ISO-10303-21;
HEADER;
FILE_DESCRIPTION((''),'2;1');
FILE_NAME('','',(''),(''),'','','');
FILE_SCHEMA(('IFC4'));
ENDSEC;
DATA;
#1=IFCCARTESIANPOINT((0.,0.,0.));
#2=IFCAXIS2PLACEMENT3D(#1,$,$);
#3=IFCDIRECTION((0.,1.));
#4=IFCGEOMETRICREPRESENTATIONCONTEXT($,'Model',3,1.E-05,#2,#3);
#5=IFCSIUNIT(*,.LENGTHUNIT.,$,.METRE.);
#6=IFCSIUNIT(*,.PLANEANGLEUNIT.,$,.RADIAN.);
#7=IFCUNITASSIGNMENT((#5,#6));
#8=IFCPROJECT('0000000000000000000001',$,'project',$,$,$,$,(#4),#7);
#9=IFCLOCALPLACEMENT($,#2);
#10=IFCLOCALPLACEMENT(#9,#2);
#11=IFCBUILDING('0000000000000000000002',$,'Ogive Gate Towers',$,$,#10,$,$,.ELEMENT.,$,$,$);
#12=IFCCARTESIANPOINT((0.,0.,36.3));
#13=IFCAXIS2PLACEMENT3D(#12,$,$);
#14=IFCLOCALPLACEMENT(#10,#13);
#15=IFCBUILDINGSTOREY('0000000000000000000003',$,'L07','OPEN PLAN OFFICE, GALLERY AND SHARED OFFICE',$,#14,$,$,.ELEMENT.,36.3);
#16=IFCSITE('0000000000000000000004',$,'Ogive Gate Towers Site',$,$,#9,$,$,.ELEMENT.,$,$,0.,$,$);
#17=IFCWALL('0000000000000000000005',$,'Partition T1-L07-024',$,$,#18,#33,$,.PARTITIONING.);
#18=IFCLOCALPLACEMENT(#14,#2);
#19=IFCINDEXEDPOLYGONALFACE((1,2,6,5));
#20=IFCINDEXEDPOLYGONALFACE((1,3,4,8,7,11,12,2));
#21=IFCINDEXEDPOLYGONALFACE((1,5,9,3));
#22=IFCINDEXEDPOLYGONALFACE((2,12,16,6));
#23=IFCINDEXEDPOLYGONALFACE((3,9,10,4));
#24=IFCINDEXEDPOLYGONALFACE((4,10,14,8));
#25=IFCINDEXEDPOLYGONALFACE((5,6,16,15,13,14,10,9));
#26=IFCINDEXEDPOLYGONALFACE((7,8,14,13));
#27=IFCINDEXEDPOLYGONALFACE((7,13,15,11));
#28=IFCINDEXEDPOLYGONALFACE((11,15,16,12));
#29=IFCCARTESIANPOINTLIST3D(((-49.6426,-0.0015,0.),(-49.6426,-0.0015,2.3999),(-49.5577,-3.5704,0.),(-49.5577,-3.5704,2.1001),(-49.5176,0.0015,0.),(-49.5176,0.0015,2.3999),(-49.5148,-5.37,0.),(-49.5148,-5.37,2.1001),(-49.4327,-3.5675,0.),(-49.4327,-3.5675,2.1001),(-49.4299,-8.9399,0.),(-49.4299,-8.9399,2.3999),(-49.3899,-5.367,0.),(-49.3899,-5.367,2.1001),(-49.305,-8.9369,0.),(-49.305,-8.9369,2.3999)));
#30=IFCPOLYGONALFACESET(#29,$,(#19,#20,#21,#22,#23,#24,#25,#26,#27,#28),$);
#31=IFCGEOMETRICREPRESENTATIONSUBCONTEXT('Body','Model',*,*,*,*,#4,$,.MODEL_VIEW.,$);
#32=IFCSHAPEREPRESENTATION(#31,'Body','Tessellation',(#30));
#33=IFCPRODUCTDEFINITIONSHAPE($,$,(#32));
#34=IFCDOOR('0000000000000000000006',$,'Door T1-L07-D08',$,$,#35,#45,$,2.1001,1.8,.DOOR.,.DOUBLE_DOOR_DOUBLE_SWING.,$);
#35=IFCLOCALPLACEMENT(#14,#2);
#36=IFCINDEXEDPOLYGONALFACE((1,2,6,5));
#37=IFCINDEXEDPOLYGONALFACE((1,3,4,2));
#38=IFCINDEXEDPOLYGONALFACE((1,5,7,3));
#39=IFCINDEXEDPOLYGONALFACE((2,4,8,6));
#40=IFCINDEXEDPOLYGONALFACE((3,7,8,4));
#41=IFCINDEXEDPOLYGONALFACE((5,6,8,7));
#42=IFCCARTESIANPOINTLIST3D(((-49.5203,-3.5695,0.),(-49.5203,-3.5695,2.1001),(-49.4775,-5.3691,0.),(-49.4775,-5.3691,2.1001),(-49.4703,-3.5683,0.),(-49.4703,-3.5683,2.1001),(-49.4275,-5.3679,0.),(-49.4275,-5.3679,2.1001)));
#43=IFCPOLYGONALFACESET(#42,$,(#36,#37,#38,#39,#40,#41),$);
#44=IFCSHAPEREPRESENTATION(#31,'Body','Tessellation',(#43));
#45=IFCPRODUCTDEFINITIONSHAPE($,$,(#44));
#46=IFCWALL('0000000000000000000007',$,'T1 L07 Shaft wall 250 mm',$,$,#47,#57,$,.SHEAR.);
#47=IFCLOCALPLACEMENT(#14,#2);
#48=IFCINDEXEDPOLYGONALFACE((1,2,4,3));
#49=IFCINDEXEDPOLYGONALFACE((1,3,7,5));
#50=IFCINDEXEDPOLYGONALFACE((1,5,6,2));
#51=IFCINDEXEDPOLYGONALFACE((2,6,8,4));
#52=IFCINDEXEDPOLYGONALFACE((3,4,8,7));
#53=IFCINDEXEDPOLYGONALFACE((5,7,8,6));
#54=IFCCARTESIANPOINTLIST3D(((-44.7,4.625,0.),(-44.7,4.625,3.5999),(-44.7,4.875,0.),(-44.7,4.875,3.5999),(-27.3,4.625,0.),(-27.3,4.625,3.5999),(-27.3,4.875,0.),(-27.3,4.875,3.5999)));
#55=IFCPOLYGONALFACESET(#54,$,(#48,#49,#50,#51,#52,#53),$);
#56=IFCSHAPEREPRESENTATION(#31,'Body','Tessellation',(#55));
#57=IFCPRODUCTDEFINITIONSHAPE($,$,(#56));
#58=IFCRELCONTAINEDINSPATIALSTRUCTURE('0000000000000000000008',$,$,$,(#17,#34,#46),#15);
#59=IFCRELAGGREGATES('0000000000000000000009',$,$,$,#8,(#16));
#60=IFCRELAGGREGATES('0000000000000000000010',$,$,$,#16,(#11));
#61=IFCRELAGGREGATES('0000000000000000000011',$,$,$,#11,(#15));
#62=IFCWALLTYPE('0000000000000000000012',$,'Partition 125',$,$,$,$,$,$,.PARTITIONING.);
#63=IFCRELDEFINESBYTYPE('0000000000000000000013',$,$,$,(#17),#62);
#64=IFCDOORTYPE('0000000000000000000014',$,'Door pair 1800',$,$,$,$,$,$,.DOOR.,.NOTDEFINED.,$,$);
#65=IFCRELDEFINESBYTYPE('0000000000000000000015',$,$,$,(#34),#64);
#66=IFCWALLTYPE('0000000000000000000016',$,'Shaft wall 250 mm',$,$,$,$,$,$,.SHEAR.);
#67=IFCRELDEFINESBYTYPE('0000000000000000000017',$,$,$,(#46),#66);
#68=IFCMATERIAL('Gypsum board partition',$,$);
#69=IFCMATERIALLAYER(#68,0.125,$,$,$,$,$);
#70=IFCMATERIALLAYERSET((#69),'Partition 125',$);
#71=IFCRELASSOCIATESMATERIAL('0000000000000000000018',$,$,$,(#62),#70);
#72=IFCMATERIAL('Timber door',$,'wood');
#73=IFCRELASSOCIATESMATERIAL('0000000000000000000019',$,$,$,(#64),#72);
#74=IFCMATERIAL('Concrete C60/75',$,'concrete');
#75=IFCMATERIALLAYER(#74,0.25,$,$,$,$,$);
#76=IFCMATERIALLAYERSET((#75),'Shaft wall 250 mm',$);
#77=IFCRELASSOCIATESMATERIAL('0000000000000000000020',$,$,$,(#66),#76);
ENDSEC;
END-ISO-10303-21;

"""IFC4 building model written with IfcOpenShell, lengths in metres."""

from ifc_helpers import new_model, si_unit, direction, frame, frame_2d, origin, place, context, subcontext, project, spatial, rectangle, extrude, material, layer, layer_set, type_object, element, fill, save


model = new_model("IFC4")

# Units and contexts
model_context = context("Model", 3, precision=1e-05, world=origin(), true_north=direction((0.0, 1.0)))
body_context = subcontext(model_context, "Body", "Model", "MODEL_VIEW")
ifc_project = project(units=[si_unit("LENGTHUNIT", "METRE"), si_unit("PLANEANGLEUNIT", "RADIAN")], contexts=[model_context])

# Site, building, storey
site_placement = place(None, origin())
site = spatial("IfcSite", under=ifc_project, at=site_placement, Name="Ogive Gate Towers Site", CompositionType="ELEMENT", RefElevation=0.0)
building_placement = place(site_placement, origin())
building = spatial("IfcBuilding", under=site, at=building_placement, Name="Ogive Gate Towers", CompositionType="ELEMENT")
storey_placement = place(building_placement, frame((0.0, 0.0, 36.3)))
storey = spatial("IfcBuildingStorey", under=building, at=storey_placement, Name="L07", Description="OPEN PLAN OFFICE, GALLERY AND SHARED OFFICE", CompositionType="ELEMENT", Elevation=36.3)

# Wall, opening, door
ifc_material_1 = material(Name="Gypsum board partition")
ifc_layer_1 = layer(ifc_material_1, 0.125)
ifc_layer_set_1 = layer_set([ifc_layer_1], Name="Partition 125")
wall_type_1 = type_object("IfcWallType", Name="Partition 125", PredefinedType="PARTITIONING", material=ifc_layer_set_1)
ifc_material_2 = material(Name="Timber door", Category="wood")
door_type_1 = type_object("IfcDoorType", Name="Door pair 1800", OperationType="NOTDEFINED", PredefinedType="DOOR", material=ifc_material_2)
wall_1_placement = place(storey_placement, frame((-49.5801, 0.0, 0.0), z_axis=(0.0, 0.0, 1.0), x_axis=(0.023783, -0.999717, 0.0)))
wall_1 = element("IfcWall", 1, at=wall_1_placement, inside=storey, type_object=wall_type_1, Name="Partition T1-L07-024", PredefinedType="PARTITIONING", context=body_context, shape_type="SweptSolid", body=[
    extrude(rectangle(XDim=8.9409, YDim=0.125, at=frame_2d((4.4705, 0.0))), origin(), (0.0, 0.0, 1.0), 2.3999),
])
opening_1_placement = place(wall_1_placement, frame((3.5701, 0.0, 0.0)))
opening_1 = element("IfcOpeningElement", 2, at=opening_1_placement, cuts=wall_1, PredefinedType="OPENING", context=body_context, shape_type="SweptSolid", body=[
    extrude(rectangle(XDim=1.8, YDim=2.1001, at=frame_2d((0.8999, 1.05))), frame((0.0, 0.0725, 0.0), z_axis=(0.0, -1.0, 0.0), x_axis=(1.0, 0.0, 0.0)), (0.0, 0.0, 1.0), 0.145),
])
door_1_placement = place(opening_1_placement, origin())
door_1 = element("IfcDoor", 3, at=door_1_placement, inside=storey, type_object=door_type_1, Name="Door T1-L07-D08", OperationType="DOUBLE_DOOR_DOUBLE_SWING", OverallHeight=2.1001, OverallWidth=1.8, PredefinedType="DOOR", context=body_context, shape_type="SweptSolid", body=[
    extrude(rectangle(XDim=1.8, YDim=2.1001, at=frame_2d((0.8999, 1.05))), frame((0.0, 0.0249, 0.0), z_axis=(0.0, -1.0, 0.0), x_axis=(1.0, 0.0, 0.0)), (0.0, 0.0, 1.0), 0.05),
])
fill(opening_1, door_1)

# Wall
ifc_material_3 = material(Name="Concrete C60/75", Category="concrete")
ifc_layer_2 = layer(ifc_material_3, 0.25)
ifc_layer_set_2 = layer_set([ifc_layer_2], Name="Shaft wall 250 mm")
wall_type_2 = type_object("IfcWallType", Name="Shaft wall 250 mm", PredefinedType="SHEAR", material=ifc_layer_set_2)
wall_2_placement = place(storey_placement, frame((-44.7, 4.75, 0.0), z_axis=(0.0, 0.0, 1.0), x_axis=(1.0, 0.0, 0.0)))
element("IfcWall", 4, at=wall_2_placement, inside=storey, type_object=wall_type_2, Name="T1 L07 Shaft wall 250 mm", PredefinedType="SHEAR", context=body_context, shape_type="SweptSolid", body=[
    extrude(rectangle(XDim=17.3999, YDim=0.25, at=frame_2d((8.7, 0.0))), origin(), (0.0, 0.0, 1.0), 3.5999),
])

save(model, "model.ifc")
